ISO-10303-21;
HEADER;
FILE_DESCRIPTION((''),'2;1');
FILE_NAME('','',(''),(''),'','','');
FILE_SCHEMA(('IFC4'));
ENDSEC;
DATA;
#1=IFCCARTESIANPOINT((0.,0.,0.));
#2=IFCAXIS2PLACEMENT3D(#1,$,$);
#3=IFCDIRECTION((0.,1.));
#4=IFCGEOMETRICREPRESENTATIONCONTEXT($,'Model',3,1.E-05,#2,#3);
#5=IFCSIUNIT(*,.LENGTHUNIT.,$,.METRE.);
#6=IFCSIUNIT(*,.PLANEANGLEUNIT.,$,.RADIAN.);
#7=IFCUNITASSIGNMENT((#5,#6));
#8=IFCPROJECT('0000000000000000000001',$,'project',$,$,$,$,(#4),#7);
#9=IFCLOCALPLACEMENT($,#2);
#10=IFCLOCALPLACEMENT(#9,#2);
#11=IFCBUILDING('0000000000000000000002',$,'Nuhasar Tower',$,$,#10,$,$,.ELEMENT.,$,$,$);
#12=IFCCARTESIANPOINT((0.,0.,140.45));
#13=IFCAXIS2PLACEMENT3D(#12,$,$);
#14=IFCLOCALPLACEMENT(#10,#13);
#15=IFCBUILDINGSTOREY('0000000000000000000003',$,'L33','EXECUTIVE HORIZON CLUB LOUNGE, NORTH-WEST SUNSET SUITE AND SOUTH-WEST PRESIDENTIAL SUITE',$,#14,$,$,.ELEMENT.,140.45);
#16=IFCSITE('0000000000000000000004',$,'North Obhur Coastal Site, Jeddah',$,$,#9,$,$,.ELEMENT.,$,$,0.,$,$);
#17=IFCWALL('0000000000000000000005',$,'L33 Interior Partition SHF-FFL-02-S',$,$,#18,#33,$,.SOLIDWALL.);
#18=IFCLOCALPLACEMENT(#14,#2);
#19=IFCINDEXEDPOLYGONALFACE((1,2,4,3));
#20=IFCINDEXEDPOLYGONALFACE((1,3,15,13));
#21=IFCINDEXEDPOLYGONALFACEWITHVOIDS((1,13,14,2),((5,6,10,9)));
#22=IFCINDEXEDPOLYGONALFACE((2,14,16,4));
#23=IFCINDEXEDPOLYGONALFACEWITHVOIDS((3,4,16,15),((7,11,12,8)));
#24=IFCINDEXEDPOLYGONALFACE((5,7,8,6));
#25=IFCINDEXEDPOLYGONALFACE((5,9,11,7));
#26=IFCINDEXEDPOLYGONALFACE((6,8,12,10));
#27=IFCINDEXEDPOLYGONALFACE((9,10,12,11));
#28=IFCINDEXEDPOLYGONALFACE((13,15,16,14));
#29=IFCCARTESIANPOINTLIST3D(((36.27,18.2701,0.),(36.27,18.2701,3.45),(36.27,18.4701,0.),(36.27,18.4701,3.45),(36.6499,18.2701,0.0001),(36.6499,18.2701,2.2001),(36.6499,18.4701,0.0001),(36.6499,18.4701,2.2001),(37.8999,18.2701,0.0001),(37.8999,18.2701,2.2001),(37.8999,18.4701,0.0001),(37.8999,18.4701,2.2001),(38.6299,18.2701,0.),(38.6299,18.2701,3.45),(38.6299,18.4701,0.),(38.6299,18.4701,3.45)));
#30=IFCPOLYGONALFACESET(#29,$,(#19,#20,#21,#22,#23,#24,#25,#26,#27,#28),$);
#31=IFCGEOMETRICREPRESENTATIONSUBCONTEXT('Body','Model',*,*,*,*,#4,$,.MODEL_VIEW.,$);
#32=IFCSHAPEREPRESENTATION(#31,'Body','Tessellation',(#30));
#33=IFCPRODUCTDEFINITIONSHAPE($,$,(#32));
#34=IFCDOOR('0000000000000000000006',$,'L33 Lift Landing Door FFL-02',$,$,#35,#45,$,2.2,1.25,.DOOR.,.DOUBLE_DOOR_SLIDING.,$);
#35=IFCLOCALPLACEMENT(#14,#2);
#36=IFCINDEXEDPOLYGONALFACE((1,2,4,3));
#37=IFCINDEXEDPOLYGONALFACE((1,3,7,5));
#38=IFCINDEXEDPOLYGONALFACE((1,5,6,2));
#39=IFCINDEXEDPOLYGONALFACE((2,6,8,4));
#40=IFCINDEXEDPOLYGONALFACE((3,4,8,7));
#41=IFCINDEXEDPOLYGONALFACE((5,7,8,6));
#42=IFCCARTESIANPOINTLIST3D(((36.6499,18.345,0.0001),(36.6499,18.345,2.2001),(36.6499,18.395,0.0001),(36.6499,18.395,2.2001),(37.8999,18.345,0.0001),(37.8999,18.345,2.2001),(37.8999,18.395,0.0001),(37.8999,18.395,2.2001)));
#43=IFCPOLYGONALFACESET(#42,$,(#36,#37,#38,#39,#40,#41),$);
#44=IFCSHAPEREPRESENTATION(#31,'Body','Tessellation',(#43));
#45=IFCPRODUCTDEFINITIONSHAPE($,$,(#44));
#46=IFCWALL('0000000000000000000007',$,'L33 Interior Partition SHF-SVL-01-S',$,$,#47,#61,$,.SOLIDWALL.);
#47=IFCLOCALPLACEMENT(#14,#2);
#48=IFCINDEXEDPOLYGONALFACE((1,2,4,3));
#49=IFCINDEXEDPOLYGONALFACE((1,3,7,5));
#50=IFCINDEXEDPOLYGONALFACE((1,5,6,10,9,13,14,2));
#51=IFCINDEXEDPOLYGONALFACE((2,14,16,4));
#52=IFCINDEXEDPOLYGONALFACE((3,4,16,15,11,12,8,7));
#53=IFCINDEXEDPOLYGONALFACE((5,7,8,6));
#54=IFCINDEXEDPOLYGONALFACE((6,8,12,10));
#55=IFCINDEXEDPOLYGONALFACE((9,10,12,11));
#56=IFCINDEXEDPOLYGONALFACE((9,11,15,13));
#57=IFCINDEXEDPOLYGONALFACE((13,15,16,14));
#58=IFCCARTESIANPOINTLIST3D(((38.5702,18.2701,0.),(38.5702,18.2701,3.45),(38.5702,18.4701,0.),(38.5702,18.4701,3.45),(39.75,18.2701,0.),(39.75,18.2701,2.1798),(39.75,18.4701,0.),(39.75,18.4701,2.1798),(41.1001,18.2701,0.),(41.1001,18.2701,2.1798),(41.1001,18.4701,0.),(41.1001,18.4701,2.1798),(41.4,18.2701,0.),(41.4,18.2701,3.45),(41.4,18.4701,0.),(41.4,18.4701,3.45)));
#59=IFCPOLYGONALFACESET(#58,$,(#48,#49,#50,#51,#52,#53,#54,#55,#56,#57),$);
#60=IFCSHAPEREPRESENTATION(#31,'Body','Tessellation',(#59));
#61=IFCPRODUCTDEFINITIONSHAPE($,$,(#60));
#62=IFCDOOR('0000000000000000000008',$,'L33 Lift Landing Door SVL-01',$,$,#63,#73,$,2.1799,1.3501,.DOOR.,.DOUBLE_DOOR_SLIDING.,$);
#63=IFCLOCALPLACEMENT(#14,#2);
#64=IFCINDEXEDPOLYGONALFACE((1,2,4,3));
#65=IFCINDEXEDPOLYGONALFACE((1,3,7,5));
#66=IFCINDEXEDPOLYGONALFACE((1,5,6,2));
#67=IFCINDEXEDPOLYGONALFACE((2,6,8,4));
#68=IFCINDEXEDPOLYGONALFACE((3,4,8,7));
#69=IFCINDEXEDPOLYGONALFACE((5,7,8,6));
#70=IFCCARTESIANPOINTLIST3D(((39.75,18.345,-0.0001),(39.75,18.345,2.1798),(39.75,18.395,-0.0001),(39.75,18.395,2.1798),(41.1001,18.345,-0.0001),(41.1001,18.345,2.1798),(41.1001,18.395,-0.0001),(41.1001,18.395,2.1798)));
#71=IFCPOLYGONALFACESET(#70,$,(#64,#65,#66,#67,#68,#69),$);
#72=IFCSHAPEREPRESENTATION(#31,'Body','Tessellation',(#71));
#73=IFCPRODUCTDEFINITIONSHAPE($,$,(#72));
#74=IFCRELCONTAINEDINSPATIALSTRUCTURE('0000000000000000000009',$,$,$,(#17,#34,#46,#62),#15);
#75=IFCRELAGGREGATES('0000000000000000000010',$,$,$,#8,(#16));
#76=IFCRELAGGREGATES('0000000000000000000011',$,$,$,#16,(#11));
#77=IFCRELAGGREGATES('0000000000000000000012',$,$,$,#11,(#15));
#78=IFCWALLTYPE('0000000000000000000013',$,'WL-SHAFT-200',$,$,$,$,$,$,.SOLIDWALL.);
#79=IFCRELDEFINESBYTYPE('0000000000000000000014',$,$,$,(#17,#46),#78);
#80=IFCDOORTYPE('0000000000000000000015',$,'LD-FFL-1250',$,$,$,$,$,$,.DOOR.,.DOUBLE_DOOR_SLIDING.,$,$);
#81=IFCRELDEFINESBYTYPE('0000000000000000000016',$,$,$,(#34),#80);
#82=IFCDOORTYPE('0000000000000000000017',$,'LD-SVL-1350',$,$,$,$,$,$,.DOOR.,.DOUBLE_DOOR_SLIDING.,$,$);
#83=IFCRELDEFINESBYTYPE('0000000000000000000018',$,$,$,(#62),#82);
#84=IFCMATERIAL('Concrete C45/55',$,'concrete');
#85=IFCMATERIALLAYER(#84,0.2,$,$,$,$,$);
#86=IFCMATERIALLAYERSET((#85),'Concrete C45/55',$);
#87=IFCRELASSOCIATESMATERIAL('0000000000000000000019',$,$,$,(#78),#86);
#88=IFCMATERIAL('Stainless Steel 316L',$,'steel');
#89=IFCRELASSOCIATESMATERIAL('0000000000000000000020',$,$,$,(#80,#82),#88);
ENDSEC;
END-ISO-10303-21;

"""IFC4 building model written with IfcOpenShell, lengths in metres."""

from ifc_helpers import new_model, si_unit, direction, frame, frame_2d, origin, place, context, subcontext, project, spatial, rectangle, extrude, material, layer, layer_set, type_object, element, fill, save


model = new_model("IFC4")

# Units and contexts
model_context = context("Model", 3, precision=1e-05, world=origin(), true_north=direction((0.0, 1.0)))
body_context = subcontext(model_context, "Body", "Model", "MODEL_VIEW")
ifc_project = project(units=[si_unit("LENGTHUNIT", "METRE"), si_unit("PLANEANGLEUNIT", "RADIAN")], contexts=[model_context])

# Site, building, storey
site_placement = place(None, origin())
site = spatial("IfcSite", under=ifc_project, at=site_placement, Name="North Obhur Coastal Site, Jeddah", CompositionType="ELEMENT", RefElevation=0.0)
building_placement = place(site_placement, origin())
building = spatial("IfcBuilding", under=site, at=building_placement, Name="Nuhasar Tower", CompositionType="ELEMENT")
storey_placement = place(building_placement, frame((0.0, 0.0, 140.45)))
storey = spatial("IfcBuildingStorey", under=building, at=storey_placement, Name="L33", Description="EXECUTIVE HORIZON CLUB LOUNGE, NORTH-WEST SUNSET SUITE AND SOUTH-WEST PRESIDENTIAL SUITE", CompositionType="ELEMENT", Elevation=140.45)

# Shared definitions
ifc_material_1 = material(Name="Concrete C45/55", Category="concrete")
ifc_layer_1 = layer(ifc_material_1, 0.2)
ifc_layer_set_1 = layer_set([ifc_layer_1], Name="Concrete C45/55")
wall_type_1 = type_object("IfcWallType", Name="WL-SHAFT-200", PredefinedType="SOLIDWALL", material=ifc_layer_set_1)

# Shared definitions
ifc_material_2 = material(Name="Stainless Steel 316L", Category="steel")
door_type_1 = type_object("IfcDoorType", Name="LD-FFL-1250", OperationType="DOUBLE_DOOR_SLIDING", PredefinedType="DOOR", material=ifc_material_2)

# Walls, openings, doors
wall_1_placement = place(storey_placement, frame((36.27, 18.3701, 0.0), z_axis=(0.0, 0.0, 1.0), x_axis=(1.0, 0.0, 0.0)))
wall_1 = element("IfcWall", 1, at=wall_1_placement, inside=storey, type_object=wall_type_1, Name="L33 Interior Partition SHF-FFL-02-S", PredefinedType="SOLIDWALL", context=body_context, shape_type="SweptSolid", body=[
    extrude(rectangle(XDim=2.3599, YDim=0.2, at=frame_2d((1.1799, 0.0))), origin(), (0.0, 0.0, 1.0), 3.45),
])
opening_1_placement = place(wall_1_placement, frame((0.3799, 0.0, 0.0)))
opening_1 = element("IfcOpeningElement", 2, at=opening_1_placement, cuts=wall_1, PredefinedType="OPENING", context=body_context, shape_type="SweptSolid", body=[
    extrude(rectangle(XDim=1.25, YDim=2.2, at=frame_2d((0.625, 1.1001))), frame((0.0, 0.1099, 0.0), z_axis=(0.0, -1.0, 0.0), x_axis=(1.0, 0.0, 0.0)), (0.0, 0.0, 1.0), 0.22),
])
door_1_placement = place(opening_1_placement, origin())
door_1 = element("IfcDoor", 3, at=door_1_placement, inside=storey, type_object=door_type_1, Name="L33 Lift Landing Door FFL-02", OperationType="DOUBLE_DOOR_SLIDING", OverallHeight=2.2, OverallWidth=1.25, PredefinedType="DOOR", context=body_context, shape_type="SweptSolid", body=[
    extrude(rectangle(XDim=1.25, YDim=2.2, at=frame_2d((0.625, 1.1001))), frame((0.0, 0.0249, 0.0), z_axis=(0.0, -1.0, 0.0), x_axis=(1.0, 0.0, 0.0)), (0.0, 0.0, 1.0), 0.05),
])
fill(opening_1, door_1)
wall_2_placement = place(storey_placement, frame((38.5701, 18.3701, 0.0), z_axis=(0.0, 0.0, 1.0), x_axis=(1.0, 0.0, 0.0)))
wall_2 = element("IfcWall", 4, at=wall_2_placement, inside=storey, type_object=wall_type_1, Name="L33 Interior Partition SHF-SVL-01-S", PredefinedType="SOLIDWALL", context=body_context, shape_type="SweptSolid", body=[
    extrude(rectangle(XDim=2.8298, YDim=0.2, at=frame_2d((1.415, 0.0))), origin(), (0.0, 0.0, 1.0), 3.45),
])
opening_2_placement = place(wall_2_placement, frame((1.1799, 0.0, 0.0)))
opening_2 = element("IfcOpeningElement", 5, at=opening_2_placement, cuts=wall_2, PredefinedType="OPENING", context=body_context, shape_type="SweptSolid", body=[
    extrude(rectangle(XDim=1.3501, YDim=2.1799, at=frame_2d((0.675, 1.0898))), frame((0.0, 0.1099, 0.0), z_axis=(0.0, -1.0, 0.0), x_axis=(1.0, 0.0, 0.0)), (0.0, 0.0, 1.0), 0.22),
])
door_type_2 = type_object("IfcDoorType", Name="LD-SVL-1350", OperationType="DOUBLE_DOOR_SLIDING", PredefinedType="DOOR", material=ifc_material_2)
door_2_placement = place(opening_2_placement, origin())
door_2 = element("IfcDoor", 6, at=door_2_placement, inside=storey, type_object=door_type_2, Name="L33 Lift Landing Door SVL-01", OperationType="DOUBLE_DOOR_SLIDING", OverallHeight=2.1799, OverallWidth=1.3501, PredefinedType="DOOR", context=body_context, shape_type="SweptSolid", body=[
    extrude(rectangle(XDim=1.3501, YDim=2.1799, at=frame_2d((0.675, 1.0898))), frame((0.0, 0.0249, 0.0), z_axis=(0.0, -1.0, 0.0), x_axis=(1.0, 0.0, 0.0)), (0.0, 0.0, 1.0), 0.05),
])
fill(opening_2, door_2)

save(model, "model.ifc")
